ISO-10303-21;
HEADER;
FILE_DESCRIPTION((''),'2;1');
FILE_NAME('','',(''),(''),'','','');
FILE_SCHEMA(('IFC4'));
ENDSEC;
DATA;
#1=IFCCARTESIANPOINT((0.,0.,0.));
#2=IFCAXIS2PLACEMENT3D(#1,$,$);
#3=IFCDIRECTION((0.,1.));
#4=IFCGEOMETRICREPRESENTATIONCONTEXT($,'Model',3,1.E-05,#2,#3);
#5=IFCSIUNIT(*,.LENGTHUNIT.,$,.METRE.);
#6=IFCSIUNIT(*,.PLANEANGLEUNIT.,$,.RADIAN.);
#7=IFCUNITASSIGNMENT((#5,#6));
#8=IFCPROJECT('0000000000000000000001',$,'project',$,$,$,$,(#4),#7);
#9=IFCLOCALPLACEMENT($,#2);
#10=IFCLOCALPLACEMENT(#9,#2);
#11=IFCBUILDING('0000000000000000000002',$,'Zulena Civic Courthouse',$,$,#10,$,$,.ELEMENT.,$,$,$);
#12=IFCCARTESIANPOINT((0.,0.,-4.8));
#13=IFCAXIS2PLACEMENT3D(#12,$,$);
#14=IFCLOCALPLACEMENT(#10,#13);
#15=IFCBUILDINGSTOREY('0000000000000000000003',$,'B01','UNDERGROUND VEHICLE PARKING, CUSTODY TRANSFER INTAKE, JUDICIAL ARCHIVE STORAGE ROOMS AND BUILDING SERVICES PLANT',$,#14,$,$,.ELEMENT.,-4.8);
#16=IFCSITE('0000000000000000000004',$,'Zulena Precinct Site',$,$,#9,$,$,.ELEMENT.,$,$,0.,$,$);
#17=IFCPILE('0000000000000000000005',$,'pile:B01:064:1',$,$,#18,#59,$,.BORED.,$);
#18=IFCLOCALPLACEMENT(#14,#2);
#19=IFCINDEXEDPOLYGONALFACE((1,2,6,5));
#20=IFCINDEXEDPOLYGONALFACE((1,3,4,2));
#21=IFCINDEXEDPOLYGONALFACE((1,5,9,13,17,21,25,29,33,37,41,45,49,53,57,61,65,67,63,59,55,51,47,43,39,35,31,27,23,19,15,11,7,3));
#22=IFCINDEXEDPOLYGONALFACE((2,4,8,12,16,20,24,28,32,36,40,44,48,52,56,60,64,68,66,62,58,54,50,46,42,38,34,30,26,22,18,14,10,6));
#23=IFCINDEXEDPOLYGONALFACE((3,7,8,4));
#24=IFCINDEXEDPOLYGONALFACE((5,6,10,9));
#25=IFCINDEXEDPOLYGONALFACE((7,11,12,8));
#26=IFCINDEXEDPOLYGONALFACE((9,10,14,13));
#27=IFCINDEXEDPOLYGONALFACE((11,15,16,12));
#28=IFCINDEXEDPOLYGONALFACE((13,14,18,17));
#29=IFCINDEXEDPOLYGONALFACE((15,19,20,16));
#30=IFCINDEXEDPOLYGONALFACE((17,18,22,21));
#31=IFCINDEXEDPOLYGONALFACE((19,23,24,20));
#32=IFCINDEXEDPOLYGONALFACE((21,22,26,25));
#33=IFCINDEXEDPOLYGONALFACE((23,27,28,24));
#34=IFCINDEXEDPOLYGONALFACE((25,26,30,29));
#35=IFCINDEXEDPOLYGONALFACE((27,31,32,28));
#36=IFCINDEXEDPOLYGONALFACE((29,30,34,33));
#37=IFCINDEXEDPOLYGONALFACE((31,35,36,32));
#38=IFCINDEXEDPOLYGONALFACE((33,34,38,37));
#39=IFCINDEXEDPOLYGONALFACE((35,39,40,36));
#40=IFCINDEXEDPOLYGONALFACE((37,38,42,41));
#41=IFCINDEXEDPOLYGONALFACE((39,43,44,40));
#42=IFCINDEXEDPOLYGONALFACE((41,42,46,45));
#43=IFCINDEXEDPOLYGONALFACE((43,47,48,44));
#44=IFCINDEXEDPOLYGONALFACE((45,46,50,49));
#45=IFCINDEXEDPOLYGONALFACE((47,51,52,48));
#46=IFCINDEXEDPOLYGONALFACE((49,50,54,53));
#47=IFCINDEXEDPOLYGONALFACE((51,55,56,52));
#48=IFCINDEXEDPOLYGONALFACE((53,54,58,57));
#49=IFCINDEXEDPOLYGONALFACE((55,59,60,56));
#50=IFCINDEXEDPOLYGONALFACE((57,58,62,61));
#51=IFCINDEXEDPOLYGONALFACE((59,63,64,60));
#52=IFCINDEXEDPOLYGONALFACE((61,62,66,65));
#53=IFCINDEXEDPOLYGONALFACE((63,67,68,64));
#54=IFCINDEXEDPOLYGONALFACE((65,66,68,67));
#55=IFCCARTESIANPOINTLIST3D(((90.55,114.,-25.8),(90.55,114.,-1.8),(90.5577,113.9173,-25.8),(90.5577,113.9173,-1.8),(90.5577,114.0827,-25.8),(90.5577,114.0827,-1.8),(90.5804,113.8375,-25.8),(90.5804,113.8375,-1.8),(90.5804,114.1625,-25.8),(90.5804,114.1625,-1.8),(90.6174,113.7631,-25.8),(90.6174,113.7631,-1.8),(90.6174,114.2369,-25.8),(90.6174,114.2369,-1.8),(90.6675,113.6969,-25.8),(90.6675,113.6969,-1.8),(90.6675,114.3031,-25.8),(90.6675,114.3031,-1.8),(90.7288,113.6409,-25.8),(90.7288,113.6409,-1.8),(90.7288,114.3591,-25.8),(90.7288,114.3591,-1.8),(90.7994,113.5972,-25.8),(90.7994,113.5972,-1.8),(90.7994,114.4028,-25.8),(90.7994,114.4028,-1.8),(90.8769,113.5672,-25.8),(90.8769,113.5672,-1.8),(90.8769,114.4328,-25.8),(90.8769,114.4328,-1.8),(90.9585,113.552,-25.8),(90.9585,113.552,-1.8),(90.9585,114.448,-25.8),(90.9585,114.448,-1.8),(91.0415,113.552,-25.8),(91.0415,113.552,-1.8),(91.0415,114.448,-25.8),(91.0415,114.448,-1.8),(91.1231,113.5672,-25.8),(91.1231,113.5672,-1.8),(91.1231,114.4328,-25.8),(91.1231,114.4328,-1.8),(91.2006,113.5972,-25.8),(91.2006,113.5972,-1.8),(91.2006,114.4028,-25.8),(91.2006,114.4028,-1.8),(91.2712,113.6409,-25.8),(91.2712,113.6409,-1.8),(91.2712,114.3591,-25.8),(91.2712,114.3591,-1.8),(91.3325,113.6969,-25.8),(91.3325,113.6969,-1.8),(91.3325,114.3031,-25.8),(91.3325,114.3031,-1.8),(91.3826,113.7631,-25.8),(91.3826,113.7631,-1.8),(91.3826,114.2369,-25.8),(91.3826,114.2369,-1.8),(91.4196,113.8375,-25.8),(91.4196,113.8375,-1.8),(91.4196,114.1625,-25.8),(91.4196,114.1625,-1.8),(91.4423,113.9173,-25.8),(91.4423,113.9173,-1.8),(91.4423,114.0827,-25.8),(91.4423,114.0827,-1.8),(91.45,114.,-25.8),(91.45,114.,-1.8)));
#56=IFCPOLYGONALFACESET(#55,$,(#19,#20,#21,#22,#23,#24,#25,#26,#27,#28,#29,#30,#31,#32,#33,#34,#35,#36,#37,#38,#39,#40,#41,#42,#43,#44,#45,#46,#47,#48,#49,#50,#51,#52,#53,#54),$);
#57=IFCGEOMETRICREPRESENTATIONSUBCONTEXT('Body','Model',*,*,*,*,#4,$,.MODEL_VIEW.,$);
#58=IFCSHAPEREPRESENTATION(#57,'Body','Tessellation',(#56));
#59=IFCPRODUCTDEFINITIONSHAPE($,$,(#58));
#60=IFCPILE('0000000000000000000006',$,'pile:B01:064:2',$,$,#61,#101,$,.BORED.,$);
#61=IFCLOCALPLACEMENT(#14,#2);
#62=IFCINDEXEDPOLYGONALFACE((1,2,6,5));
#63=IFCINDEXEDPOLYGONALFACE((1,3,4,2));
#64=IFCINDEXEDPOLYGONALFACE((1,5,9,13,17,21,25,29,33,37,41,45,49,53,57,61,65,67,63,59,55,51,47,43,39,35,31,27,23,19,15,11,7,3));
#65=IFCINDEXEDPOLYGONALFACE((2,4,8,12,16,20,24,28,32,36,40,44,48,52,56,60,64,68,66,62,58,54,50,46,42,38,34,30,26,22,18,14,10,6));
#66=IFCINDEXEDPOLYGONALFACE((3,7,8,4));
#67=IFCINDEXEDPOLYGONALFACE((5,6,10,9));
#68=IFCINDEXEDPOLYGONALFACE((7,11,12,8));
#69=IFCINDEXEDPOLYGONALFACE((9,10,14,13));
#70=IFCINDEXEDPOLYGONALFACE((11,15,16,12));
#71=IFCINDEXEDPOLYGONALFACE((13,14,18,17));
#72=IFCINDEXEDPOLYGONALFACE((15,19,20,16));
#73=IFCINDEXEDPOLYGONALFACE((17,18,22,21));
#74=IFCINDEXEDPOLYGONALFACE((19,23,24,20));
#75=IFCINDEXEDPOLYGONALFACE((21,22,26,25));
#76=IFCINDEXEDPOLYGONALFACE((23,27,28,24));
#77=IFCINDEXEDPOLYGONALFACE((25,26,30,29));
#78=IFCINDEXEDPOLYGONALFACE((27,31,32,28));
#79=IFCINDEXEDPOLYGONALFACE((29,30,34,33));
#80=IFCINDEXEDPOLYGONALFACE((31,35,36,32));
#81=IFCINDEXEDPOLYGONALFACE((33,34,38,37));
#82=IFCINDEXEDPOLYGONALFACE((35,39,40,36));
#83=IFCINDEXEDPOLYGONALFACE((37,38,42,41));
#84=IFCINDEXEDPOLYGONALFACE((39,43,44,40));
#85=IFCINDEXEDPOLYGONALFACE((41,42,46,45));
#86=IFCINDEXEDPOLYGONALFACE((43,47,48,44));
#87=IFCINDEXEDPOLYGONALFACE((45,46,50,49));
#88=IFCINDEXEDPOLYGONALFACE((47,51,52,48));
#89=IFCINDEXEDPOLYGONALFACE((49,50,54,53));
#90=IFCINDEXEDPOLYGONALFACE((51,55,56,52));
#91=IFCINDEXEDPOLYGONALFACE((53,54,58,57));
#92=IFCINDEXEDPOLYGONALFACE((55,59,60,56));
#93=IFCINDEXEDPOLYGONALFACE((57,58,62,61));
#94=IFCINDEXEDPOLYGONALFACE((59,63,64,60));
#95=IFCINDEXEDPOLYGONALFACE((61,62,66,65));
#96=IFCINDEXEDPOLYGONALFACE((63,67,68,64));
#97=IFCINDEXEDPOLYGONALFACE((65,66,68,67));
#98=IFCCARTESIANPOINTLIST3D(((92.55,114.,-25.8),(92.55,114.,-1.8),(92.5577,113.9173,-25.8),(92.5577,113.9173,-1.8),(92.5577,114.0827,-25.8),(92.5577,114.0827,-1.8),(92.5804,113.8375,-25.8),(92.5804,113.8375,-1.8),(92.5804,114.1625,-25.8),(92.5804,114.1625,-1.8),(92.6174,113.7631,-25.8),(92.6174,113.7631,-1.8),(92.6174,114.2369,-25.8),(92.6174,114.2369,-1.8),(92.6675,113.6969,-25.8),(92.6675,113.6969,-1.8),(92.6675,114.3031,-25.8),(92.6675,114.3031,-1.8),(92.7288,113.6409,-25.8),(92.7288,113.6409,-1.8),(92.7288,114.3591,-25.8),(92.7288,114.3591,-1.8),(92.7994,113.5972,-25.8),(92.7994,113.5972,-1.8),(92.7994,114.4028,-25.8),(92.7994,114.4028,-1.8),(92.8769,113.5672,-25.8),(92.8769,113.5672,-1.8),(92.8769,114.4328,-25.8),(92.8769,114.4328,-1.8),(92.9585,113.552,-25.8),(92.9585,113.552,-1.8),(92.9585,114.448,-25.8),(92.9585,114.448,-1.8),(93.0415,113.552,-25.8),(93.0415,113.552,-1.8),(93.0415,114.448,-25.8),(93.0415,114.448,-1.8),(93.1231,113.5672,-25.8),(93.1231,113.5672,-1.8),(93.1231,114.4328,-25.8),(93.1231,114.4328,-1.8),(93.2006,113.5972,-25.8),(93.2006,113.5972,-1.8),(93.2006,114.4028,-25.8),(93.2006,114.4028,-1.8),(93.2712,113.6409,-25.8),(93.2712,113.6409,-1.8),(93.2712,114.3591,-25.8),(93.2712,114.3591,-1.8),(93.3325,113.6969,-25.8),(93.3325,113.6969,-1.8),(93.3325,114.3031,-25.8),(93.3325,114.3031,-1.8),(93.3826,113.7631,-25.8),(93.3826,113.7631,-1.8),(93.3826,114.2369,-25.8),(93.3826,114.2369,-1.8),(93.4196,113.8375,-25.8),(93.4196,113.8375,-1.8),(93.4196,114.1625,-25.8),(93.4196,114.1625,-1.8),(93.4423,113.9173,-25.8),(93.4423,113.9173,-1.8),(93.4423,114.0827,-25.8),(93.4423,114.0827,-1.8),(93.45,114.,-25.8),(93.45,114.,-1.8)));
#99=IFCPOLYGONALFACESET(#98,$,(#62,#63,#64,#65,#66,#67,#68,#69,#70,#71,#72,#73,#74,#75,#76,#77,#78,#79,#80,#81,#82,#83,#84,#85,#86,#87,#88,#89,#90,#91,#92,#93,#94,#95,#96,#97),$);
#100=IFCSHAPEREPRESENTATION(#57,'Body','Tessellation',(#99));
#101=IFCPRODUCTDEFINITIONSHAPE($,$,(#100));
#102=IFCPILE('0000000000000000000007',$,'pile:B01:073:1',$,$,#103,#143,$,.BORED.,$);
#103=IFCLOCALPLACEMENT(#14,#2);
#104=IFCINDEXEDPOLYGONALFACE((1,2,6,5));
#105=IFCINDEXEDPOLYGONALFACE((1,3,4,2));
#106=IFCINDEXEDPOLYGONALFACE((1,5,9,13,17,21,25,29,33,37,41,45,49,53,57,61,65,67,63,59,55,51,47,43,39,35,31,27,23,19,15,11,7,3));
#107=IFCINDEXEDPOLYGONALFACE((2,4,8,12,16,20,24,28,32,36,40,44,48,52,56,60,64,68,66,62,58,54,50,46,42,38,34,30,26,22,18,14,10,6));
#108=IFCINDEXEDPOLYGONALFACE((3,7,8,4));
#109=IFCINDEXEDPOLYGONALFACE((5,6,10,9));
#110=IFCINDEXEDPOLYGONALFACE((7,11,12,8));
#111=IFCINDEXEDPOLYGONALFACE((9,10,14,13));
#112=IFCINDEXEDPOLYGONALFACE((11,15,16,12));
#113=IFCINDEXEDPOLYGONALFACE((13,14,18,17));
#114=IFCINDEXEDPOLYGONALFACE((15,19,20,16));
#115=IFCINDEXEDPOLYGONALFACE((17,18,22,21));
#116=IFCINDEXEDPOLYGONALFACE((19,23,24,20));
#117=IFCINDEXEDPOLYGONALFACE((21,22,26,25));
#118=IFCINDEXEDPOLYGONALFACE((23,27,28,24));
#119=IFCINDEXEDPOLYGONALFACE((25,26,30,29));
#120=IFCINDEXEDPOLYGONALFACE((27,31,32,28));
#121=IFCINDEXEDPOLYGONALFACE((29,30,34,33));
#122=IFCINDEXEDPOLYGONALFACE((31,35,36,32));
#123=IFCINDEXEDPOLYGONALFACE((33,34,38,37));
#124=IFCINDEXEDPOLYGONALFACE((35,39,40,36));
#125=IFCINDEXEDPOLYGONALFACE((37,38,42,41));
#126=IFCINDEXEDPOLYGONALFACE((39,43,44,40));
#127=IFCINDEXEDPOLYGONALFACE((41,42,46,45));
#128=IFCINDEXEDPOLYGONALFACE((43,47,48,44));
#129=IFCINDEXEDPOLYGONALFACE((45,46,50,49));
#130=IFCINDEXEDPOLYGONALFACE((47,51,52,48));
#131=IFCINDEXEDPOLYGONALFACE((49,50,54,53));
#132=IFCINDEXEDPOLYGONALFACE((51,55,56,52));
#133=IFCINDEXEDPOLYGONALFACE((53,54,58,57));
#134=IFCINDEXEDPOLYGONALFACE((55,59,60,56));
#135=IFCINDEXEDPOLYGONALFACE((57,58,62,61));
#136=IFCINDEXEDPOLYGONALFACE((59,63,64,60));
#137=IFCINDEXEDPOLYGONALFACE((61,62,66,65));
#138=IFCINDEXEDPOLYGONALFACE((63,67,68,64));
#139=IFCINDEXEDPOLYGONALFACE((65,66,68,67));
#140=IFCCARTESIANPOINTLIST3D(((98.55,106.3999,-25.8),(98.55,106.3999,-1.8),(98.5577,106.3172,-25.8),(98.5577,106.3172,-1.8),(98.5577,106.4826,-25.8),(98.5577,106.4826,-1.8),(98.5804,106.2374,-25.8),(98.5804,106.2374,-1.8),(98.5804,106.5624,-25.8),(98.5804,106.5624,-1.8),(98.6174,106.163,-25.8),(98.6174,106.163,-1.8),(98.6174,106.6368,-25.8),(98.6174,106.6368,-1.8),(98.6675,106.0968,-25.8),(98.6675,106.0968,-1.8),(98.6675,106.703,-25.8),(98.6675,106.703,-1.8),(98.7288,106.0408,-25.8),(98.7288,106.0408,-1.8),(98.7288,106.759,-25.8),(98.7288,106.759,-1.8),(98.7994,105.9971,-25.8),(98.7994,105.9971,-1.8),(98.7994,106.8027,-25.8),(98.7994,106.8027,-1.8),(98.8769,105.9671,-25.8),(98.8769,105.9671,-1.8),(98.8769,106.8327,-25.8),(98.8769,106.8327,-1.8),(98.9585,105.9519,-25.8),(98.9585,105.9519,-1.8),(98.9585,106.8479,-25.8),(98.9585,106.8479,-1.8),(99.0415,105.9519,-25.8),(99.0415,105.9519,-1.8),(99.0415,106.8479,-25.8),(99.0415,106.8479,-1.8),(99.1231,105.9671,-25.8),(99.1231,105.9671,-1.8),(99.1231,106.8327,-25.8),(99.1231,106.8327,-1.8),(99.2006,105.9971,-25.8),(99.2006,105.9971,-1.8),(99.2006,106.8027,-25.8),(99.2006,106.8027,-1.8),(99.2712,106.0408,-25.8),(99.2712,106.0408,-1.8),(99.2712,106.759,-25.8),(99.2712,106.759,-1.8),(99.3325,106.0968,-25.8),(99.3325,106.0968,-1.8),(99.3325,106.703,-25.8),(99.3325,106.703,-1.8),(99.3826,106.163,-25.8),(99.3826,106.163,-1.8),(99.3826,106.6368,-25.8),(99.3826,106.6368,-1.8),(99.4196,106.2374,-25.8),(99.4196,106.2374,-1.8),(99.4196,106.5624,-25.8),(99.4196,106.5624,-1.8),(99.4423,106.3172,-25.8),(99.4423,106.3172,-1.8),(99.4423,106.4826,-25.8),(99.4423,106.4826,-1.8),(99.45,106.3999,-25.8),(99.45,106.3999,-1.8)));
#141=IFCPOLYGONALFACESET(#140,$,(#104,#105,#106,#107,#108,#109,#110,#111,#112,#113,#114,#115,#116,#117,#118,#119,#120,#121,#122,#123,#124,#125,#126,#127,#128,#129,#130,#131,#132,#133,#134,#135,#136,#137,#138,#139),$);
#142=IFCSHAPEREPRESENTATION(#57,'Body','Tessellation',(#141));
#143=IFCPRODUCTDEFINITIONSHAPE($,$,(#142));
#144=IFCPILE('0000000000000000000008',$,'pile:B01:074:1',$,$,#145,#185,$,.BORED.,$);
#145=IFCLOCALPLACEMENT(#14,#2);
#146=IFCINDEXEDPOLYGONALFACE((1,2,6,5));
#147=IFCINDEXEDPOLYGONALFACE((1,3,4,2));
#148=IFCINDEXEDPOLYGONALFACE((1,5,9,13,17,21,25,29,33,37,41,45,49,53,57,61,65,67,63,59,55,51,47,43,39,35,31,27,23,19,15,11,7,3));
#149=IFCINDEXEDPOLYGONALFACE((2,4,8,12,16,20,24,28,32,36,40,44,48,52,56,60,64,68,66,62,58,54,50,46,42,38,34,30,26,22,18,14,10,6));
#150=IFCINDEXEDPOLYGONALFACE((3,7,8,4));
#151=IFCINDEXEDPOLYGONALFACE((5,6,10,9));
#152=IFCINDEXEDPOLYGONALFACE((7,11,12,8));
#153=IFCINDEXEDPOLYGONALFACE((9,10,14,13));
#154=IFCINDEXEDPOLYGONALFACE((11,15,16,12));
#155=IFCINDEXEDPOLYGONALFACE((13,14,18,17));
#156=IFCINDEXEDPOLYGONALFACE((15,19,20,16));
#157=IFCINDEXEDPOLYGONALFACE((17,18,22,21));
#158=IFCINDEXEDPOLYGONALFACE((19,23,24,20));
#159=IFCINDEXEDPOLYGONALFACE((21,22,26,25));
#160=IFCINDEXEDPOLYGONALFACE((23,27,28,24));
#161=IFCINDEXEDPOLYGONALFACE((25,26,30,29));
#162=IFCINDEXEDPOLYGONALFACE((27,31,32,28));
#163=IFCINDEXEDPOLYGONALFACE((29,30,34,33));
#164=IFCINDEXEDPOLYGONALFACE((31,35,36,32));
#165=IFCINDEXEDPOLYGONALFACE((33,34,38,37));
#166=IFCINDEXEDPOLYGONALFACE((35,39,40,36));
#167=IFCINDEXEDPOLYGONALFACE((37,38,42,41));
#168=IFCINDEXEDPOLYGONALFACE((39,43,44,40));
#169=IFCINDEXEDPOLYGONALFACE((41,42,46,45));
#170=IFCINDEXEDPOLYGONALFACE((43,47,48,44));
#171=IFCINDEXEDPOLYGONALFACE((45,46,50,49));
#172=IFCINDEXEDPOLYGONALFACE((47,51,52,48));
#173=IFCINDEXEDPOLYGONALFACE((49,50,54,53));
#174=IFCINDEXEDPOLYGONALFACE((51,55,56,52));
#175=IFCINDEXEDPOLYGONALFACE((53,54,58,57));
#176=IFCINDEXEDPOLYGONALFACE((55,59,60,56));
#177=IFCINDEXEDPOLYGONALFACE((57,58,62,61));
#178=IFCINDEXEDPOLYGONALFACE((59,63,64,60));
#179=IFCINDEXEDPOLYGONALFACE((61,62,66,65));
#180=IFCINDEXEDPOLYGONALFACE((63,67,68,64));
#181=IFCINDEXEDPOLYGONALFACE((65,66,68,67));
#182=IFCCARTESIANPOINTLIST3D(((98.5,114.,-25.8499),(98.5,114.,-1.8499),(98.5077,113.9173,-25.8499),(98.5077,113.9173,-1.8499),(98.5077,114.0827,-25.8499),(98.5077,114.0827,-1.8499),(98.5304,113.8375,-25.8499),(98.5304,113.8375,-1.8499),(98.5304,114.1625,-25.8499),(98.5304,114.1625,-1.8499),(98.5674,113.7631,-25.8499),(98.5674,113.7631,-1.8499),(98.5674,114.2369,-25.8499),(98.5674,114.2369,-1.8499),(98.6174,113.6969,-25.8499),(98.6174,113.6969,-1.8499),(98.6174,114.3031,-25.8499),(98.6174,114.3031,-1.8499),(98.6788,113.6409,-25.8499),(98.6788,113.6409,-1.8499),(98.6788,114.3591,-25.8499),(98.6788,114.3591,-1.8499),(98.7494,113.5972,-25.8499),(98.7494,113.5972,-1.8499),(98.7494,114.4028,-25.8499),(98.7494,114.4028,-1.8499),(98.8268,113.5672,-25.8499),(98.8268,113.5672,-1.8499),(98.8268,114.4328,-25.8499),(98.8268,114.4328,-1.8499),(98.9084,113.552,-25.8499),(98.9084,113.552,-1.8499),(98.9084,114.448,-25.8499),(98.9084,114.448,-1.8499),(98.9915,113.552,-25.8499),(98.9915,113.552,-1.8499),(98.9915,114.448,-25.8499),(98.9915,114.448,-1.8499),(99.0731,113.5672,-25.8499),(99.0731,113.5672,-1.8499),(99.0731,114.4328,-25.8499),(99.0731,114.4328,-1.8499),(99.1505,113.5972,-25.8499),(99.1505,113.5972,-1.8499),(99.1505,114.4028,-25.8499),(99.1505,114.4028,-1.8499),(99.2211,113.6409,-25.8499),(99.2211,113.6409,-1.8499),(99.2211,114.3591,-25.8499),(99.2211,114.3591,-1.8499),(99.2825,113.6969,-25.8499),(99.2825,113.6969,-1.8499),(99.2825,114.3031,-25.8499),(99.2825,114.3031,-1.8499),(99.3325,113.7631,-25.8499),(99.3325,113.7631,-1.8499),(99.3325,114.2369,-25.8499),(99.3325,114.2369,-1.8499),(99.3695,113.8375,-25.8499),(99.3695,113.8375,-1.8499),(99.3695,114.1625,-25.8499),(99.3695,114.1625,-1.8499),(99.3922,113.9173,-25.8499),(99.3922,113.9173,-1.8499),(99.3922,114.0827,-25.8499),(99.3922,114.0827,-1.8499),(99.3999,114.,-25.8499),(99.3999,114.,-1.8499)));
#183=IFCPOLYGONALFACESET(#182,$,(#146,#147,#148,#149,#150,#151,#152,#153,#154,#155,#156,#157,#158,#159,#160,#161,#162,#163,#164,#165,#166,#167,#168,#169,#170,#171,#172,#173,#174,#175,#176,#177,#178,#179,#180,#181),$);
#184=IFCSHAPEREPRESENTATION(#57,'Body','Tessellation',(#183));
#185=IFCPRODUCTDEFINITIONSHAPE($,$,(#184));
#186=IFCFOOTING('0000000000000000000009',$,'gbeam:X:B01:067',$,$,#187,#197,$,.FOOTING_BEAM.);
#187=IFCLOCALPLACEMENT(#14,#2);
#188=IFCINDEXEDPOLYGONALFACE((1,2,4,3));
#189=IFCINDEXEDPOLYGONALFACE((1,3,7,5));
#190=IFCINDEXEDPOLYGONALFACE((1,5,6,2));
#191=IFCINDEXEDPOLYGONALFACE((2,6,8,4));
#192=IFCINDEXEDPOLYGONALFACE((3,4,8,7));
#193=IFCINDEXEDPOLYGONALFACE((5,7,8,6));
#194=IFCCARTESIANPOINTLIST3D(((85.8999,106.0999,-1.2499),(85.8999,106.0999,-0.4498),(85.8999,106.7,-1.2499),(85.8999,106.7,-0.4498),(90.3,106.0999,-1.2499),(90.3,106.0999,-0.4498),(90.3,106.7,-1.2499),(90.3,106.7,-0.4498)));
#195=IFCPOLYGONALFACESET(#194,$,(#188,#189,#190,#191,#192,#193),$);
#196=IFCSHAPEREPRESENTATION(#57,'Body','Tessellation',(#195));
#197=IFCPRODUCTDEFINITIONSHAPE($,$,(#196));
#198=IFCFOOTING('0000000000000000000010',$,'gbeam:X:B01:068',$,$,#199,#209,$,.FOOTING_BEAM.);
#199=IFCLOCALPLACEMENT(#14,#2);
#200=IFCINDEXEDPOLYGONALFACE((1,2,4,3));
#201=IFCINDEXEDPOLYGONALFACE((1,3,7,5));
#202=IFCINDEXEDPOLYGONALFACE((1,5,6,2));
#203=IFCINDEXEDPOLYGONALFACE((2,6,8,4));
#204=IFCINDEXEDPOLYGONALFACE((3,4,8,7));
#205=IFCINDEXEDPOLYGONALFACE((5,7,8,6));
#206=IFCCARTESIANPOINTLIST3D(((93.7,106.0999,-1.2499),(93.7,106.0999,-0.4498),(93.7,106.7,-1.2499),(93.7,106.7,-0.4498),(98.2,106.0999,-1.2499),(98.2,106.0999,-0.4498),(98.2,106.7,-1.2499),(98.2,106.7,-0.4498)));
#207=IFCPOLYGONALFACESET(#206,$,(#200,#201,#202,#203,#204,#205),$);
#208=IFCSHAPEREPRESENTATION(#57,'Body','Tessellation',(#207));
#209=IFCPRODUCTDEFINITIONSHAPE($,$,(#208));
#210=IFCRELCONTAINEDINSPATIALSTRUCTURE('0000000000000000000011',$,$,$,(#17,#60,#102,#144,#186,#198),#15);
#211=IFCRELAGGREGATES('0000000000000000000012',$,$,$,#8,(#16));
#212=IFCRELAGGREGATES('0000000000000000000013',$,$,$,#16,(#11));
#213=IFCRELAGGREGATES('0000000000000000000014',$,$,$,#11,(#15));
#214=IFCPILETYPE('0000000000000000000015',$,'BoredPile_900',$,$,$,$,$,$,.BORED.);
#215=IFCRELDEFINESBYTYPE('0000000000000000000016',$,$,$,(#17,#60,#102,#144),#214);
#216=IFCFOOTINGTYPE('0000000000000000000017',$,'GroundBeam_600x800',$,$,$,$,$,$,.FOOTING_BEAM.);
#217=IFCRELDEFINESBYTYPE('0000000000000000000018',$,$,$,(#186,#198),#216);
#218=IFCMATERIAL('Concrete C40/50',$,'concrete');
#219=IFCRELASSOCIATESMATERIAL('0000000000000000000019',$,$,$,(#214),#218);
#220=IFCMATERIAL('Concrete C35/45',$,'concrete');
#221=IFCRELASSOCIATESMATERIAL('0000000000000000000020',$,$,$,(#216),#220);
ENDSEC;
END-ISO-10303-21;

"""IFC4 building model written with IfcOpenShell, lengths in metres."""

from ifc_helpers import new_model, si_unit, direction, frame, origin, origin_2d, place, context, subcontext, project, spatial, rectangle, circle, extrude, material, material_profile, profile_set, type_object, element, save


model = new_model("IFC4")

# Units and contexts
model_context = context("Model", 3, precision=1e-05, world=origin(), true_north=direction((0.0, 1.0)))
body_context = subcontext(model_context, "Body", "Model", "MODEL_VIEW")
ifc_project = project(units=[si_unit("LENGTHUNIT", "METRE"), si_unit("PLANEANGLEUNIT", "RADIAN")], contexts=[model_context])

# Site, building, storey
site_placement = place(None, origin())
site = spatial("IfcSite", under=ifc_project, at=site_placement, Name="Zulena Precinct Site", CompositionType="ELEMENT", RefElevation=0.0)
building_placement = place(site_placement, origin())
building = spatial("IfcBuilding", under=site, at=building_placement, Name="Zulena Civic Courthouse", CompositionType="ELEMENT")
storey_placement = place(building_placement, frame((0.0, 0.0, -4.8)))
storey = spatial("IfcBuildingStorey", under=building, at=storey_placement, Name="B01", Description="UNDERGROUND VEHICLE PARKING, CUSTODY TRANSFER INTAKE, JUDICIAL ARCHIVE STORAGE ROOMS AND BUILDING SERVICES PLANT", CompositionType="ELEMENT", Elevation=-4.8)

# Piles
ifc_material_1 = material(Name="Concrete C40/50", Category="concrete")
ifc_material_profile_1 = material_profile(ifc_material_1, circle(Radius=0.45, at=origin_2d()), Name="PILE900")
ifc_profile_set_1 = profile_set([ifc_material_profile_1], Name="Concrete C40/50")
pile_type = type_object("IfcPileType", Name="BoredPile_900", PredefinedType="BORED", material=ifc_profile_set_1)
for number, where, z_axis, x_axis, name in (
    (1, (91.0, 114.0, -1.8), (0.0, 0.0, -1.0), (1.0, 0.0, 0.0), "pile:B01:064:1"),
    (2, (93.0, 114.0, -1.8), (0.0, 0.0, -1.0), (1.0, 0.0, 0.0), "pile:B01:064:2"),
    (3, (99.0, 106.3999, -1.8), (0.0, 0.0, -1.0), (1.0, 0.0, 0.0), "pile:B01:073:1"),
    (4, (98.95, 114.0, -1.8499), (0.0, 0.0, -1.0), (1.0, 0.0, 0.0), "pile:B01:074:1"),
):
    element("IfcPile", number, at=place(storey_placement, frame(where, z_axis=z_axis, x_axis=x_axis)), inside=storey, type_object=pile_type, Name=name, PredefinedType="BORED", context=body_context, shape_type="SweptSolid", body=[
        extrude(circle(Radius=0.45, at=origin_2d()), origin(), (0.0, 0.0, 1.0), 24.0),
    ])

# Footings
ifc_material_2 = material(Name="Concrete C35/45", Category="concrete")
ifc_material_profile_2 = material_profile(ifc_material_2, rectangle(XDim=0.6001, YDim=0.8, at=origin_2d()), Name="RC600X800")
ifc_profile_set_2 = profile_set([ifc_material_profile_2], Name="Concrete C35/45")
footing_type_1 = type_object("IfcFootingType", Name="GroundBeam_600x800", PredefinedType="FOOTING_BEAM", material=ifc_profile_set_2)
footing_1_placement = place(storey_placement, frame((85.8999, 106.3999, -0.8499), z_axis=(1.0, 0.0, 0.0), x_axis=(0.0, 1.0, 0.0)))
element("IfcFooting", 5, at=footing_1_placement, inside=storey, type_object=footing_type_1, Name="gbeam:X:B01:067", PredefinedType="FOOTING_BEAM", context=body_context, shape_type="SweptSolid", body=[
    extrude(rectangle(XDim=0.6001, YDim=0.8, at=origin_2d()), origin(), (0.0, 0.0, 1.0), 4.4001),
])
for number, where, z_axis, x_axis, name in (
    (6, (93.7, 106.3999, -0.8499), (1.0, 0.0, 0.0), (0.0, 1.0, 0.0), "gbeam:X:B01:068"),
):
    element("IfcFooting", number, at=place(storey_placement, frame(where, z_axis=z_axis, x_axis=x_axis)), inside=storey, type_object=footing_type_1, Name=name, PredefinedType="FOOTING_BEAM", context=body_context, shape_type="SweptSolid", body=[
        extrude(rectangle(XDim=0.6001, YDim=0.8, at=origin_2d()), origin(), (0.0, 0.0, 1.0), 4.5),
    ])

save(model, "model.ifc")
